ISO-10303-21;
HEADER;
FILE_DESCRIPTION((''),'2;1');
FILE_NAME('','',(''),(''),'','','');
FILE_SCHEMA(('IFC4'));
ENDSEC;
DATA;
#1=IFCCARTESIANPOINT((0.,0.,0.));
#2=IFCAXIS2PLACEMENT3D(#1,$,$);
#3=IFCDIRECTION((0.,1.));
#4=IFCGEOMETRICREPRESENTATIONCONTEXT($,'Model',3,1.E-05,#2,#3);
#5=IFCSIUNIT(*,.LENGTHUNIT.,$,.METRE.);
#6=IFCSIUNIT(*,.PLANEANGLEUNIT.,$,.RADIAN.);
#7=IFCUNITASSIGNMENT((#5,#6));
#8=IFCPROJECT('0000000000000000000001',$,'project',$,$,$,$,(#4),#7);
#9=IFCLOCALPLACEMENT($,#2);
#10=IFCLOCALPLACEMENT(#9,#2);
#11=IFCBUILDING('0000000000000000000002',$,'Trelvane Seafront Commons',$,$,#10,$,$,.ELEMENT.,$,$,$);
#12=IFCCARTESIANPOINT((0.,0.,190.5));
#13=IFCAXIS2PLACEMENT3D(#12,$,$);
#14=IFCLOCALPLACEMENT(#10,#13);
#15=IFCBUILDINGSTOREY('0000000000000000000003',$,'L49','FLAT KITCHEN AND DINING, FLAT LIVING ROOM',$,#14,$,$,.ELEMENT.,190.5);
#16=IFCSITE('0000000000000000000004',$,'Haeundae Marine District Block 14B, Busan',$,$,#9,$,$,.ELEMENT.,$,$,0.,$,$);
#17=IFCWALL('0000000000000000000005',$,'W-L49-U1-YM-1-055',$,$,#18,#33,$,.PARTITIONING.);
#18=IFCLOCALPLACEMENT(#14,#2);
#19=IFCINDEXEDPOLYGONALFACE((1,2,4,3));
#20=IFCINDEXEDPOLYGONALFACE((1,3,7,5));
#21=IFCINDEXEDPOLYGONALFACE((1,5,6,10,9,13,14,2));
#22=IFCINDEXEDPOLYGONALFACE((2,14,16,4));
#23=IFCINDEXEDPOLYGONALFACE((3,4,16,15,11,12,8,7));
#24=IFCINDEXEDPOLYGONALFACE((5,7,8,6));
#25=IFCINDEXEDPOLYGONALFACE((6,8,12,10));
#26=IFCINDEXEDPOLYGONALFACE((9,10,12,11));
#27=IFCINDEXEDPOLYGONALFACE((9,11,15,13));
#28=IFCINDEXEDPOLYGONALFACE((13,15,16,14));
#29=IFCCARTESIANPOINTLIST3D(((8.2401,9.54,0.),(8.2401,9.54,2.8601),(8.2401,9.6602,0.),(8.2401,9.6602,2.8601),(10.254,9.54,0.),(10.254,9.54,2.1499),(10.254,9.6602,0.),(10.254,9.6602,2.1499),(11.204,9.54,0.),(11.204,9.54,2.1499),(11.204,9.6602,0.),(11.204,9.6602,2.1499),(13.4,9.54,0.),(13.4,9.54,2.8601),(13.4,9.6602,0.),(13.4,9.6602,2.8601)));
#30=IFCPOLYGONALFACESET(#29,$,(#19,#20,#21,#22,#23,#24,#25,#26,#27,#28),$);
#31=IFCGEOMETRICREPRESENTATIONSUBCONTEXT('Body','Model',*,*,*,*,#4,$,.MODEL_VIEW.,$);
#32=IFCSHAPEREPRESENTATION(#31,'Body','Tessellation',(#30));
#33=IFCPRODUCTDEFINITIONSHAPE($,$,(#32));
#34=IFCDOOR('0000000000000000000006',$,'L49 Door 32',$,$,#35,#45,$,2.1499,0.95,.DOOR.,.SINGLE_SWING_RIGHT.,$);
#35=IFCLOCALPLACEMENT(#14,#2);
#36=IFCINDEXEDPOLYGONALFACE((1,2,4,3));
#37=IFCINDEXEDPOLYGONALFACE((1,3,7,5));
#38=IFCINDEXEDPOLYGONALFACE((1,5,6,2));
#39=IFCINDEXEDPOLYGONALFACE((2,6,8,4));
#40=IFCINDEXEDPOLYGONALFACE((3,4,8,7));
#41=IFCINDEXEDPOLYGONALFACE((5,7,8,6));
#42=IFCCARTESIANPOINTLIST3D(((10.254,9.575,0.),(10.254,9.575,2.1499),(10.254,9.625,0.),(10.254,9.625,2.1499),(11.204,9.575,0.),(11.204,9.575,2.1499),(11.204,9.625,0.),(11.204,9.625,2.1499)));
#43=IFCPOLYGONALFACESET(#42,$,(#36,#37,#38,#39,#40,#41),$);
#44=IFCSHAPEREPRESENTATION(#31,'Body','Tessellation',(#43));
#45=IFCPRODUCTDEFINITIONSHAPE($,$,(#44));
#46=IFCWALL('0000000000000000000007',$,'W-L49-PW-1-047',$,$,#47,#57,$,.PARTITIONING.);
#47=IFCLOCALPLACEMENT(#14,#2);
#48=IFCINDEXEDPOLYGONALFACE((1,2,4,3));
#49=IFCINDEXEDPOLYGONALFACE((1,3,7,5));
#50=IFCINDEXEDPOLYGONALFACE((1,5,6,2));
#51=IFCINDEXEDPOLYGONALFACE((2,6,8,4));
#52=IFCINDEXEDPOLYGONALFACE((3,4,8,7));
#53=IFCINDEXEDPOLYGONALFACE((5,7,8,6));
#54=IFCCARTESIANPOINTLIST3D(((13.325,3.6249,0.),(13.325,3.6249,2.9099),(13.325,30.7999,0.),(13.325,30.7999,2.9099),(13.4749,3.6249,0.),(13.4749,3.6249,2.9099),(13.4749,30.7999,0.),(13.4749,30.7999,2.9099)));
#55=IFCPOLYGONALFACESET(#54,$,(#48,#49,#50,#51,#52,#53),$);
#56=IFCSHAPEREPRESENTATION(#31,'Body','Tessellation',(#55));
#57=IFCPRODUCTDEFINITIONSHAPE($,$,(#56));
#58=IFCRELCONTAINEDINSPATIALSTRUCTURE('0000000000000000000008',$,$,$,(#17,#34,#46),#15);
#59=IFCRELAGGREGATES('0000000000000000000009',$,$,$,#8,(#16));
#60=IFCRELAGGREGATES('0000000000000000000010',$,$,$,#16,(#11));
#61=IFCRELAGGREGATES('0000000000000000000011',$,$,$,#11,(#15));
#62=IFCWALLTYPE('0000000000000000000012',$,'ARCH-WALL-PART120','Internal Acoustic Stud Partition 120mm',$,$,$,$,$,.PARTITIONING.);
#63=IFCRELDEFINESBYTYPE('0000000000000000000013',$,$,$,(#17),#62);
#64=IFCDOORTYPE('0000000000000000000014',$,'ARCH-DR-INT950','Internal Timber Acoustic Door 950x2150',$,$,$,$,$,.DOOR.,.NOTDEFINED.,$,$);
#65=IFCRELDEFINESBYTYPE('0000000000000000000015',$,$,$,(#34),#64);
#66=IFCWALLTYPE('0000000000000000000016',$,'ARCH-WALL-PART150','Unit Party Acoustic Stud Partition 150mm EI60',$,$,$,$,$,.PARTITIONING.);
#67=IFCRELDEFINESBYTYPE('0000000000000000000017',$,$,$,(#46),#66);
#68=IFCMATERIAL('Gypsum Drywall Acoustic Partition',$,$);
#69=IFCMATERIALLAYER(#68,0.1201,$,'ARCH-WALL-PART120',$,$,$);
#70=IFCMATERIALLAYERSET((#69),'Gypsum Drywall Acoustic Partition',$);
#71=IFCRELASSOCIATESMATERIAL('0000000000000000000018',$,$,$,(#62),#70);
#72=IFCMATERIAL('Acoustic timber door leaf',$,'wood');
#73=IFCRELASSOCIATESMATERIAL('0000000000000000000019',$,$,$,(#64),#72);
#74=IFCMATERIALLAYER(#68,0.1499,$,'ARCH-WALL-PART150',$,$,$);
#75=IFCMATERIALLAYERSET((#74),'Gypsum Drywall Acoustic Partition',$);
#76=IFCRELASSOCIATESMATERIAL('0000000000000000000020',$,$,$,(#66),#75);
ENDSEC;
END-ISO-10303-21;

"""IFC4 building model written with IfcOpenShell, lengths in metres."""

from ifc_helpers import new_model, si_unit, direction, frame, frame_2d, origin, place, context, subcontext, project, spatial, rectangle, extrude, source, transform, mapped, material, layer, layer_set, type_object, element, fill, save


model = new_model("IFC4")

# Units and contexts
model_context = context("Model", 3, precision=1e-05, world=origin(), true_north=direction((0.0, 1.0)))
body_context = subcontext(model_context, "Body", "Model", "MODEL_VIEW")
ifc_project = project(units=[si_unit("LENGTHUNIT", "METRE"), si_unit("PLANEANGLEUNIT", "RADIAN")], contexts=[model_context])

# Site, building, storey
site_placement = place(None, origin())
site = spatial("IfcSite", under=ifc_project, at=site_placement, Name="Haeundae Marine District Block 14B, Busan", CompositionType="ELEMENT", RefElevation=0.0)
building_placement = place(site_placement, origin())
building = spatial("IfcBuilding", under=site, at=building_placement, Name="Trelvane Seafront Commons", CompositionType="ELEMENT")
storey_placement = place(building_placement, frame((0.0, 0.0, 190.5)))
storey = spatial("IfcBuildingStorey", under=building, at=storey_placement, Name="L49", Description="FLAT KITCHEN AND DINING, FLAT LIVING ROOM", CompositionType="ELEMENT", Elevation=190.5)

# Wall, opening, door
ifc_material_1 = material(Name="Gypsum Drywall Acoustic Partition")
ifc_layer_1 = layer(ifc_material_1, 0.1201, Name="ARCH-WALL-PART120")
ifc_layer_set_1 = layer_set([ifc_layer_1], Name="Gypsum Drywall Acoustic Partition")
wall_type_1 = type_object("IfcWallType", Name="ARCH-WALL-PART120", Description="Internal Acoustic Stud Partition 120mm", PredefinedType="PARTITIONING", material=ifc_layer_set_1)
wall_1_placement = place(storey_placement, frame((8.24, 9.6001, 0.0), z_axis=(0.0, 0.0, 1.0), x_axis=(1.0, 0.0, 0.0)))
wall_1 = element("IfcWall", 1, at=wall_1_placement, inside=storey, type_object=wall_type_1, Name="W-L49-U1-YM-1-055", PredefinedType="PARTITIONING", context=body_context, shape_type="SweptSolid", body=[
    extrude(rectangle(XDim=5.1599, YDim=0.1201, at=frame_2d((2.5801, 0.0))), origin(), (0.0, 0.0, 1.0), 2.8601),
])
opening_1_placement = place(wall_1_placement, frame((2.0139, 0.0, 0.0)))
opening_1 = element("IfcOpeningElement", 2, at=opening_1_placement, cuts=wall_1, PredefinedType="OPENING", context=body_context, shape_type="SweptSolid", body=[
    extrude(rectangle(XDim=0.95, YDim=2.1499, at=frame_2d((0.4751, 1.075))), frame((0.0, 0.0701, 0.0), z_axis=(0.0, -1.0, 0.0), x_axis=(1.0, 0.0, 0.0)), (0.0, 0.0, 1.0), 0.1401),
])
ifc_material_2 = material(Name="Acoustic timber door leaf", Category="wood")
door_type = type_object("IfcDoorType", Name="ARCH-DR-INT950", Description="Internal Timber Acoustic Door 950x2150", OperationType="NOTDEFINED", PredefinedType="DOOR", material=ifc_material_2)
shared_shape_1 = source(origin(), body_context, "Body", "SweptSolid", [
    extrude(rectangle(XDim=0.95, YDim=2.1499, at=frame_2d((0.4751, 1.075))), frame((0.0, 0.0249, 0.0), z_axis=(0.0, -1.0, 0.0), x_axis=(1.0, 0.0, 0.0)), (0.0, 0.0, 1.0), 0.05),
])
door_1_placement = place(opening_1_placement, origin())
door_1 = element("IfcDoor", 3, at=door_1_placement, inside=storey, type_object=door_type, Name="L49 Door 32", OperationType="SINGLE_SWING_RIGHT", OverallHeight=2.1499, OverallWidth=0.95, PredefinedType="DOOR", context=body_context, shape_type="MappedRepresentation", body=[
    mapped(shared_shape_1, transform((0.0, 0.0, 0.0), x_axis=(1.0, 0.0, 0.0), y_axis=(0.0, 1.0, 0.0), z_axis=(0.0, 0.0, 1.0), scale=1.0)),
])
fill(opening_1, door_1)

# Wall
ifc_layer_2 = layer(ifc_material_1, 0.1499, Name="ARCH-WALL-PART150")
ifc_layer_set_2 = layer_set([ifc_layer_2], Name="Gypsum Drywall Acoustic Partition")
wall_type_2 = type_object("IfcWallType", Name="ARCH-WALL-PART150", Description="Unit Party Acoustic Stud Partition 150mm EI60", PredefinedType="PARTITIONING", material=ifc_layer_set_2)
wall_2_placement = place(storey_placement, frame((13.3999, 3.625, 0.0), z_axis=(0.0, 0.0, 1.0), x_axis=(0.0, 1.0, 0.0)))
element("IfcWall", 4, at=wall_2_placement, inside=storey, type_object=wall_type_2, Name="W-L49-PW-1-047", PredefinedType="PARTITIONING", context=body_context, shape_type="SweptSolid", body=[
    extrude(rectangle(XDim=27.175, YDim=0.1499, at=frame_2d((13.5874, 0.0))), origin(), (0.0, 0.0, 1.0), 2.9099),
])

save(model, "model.ifc")
